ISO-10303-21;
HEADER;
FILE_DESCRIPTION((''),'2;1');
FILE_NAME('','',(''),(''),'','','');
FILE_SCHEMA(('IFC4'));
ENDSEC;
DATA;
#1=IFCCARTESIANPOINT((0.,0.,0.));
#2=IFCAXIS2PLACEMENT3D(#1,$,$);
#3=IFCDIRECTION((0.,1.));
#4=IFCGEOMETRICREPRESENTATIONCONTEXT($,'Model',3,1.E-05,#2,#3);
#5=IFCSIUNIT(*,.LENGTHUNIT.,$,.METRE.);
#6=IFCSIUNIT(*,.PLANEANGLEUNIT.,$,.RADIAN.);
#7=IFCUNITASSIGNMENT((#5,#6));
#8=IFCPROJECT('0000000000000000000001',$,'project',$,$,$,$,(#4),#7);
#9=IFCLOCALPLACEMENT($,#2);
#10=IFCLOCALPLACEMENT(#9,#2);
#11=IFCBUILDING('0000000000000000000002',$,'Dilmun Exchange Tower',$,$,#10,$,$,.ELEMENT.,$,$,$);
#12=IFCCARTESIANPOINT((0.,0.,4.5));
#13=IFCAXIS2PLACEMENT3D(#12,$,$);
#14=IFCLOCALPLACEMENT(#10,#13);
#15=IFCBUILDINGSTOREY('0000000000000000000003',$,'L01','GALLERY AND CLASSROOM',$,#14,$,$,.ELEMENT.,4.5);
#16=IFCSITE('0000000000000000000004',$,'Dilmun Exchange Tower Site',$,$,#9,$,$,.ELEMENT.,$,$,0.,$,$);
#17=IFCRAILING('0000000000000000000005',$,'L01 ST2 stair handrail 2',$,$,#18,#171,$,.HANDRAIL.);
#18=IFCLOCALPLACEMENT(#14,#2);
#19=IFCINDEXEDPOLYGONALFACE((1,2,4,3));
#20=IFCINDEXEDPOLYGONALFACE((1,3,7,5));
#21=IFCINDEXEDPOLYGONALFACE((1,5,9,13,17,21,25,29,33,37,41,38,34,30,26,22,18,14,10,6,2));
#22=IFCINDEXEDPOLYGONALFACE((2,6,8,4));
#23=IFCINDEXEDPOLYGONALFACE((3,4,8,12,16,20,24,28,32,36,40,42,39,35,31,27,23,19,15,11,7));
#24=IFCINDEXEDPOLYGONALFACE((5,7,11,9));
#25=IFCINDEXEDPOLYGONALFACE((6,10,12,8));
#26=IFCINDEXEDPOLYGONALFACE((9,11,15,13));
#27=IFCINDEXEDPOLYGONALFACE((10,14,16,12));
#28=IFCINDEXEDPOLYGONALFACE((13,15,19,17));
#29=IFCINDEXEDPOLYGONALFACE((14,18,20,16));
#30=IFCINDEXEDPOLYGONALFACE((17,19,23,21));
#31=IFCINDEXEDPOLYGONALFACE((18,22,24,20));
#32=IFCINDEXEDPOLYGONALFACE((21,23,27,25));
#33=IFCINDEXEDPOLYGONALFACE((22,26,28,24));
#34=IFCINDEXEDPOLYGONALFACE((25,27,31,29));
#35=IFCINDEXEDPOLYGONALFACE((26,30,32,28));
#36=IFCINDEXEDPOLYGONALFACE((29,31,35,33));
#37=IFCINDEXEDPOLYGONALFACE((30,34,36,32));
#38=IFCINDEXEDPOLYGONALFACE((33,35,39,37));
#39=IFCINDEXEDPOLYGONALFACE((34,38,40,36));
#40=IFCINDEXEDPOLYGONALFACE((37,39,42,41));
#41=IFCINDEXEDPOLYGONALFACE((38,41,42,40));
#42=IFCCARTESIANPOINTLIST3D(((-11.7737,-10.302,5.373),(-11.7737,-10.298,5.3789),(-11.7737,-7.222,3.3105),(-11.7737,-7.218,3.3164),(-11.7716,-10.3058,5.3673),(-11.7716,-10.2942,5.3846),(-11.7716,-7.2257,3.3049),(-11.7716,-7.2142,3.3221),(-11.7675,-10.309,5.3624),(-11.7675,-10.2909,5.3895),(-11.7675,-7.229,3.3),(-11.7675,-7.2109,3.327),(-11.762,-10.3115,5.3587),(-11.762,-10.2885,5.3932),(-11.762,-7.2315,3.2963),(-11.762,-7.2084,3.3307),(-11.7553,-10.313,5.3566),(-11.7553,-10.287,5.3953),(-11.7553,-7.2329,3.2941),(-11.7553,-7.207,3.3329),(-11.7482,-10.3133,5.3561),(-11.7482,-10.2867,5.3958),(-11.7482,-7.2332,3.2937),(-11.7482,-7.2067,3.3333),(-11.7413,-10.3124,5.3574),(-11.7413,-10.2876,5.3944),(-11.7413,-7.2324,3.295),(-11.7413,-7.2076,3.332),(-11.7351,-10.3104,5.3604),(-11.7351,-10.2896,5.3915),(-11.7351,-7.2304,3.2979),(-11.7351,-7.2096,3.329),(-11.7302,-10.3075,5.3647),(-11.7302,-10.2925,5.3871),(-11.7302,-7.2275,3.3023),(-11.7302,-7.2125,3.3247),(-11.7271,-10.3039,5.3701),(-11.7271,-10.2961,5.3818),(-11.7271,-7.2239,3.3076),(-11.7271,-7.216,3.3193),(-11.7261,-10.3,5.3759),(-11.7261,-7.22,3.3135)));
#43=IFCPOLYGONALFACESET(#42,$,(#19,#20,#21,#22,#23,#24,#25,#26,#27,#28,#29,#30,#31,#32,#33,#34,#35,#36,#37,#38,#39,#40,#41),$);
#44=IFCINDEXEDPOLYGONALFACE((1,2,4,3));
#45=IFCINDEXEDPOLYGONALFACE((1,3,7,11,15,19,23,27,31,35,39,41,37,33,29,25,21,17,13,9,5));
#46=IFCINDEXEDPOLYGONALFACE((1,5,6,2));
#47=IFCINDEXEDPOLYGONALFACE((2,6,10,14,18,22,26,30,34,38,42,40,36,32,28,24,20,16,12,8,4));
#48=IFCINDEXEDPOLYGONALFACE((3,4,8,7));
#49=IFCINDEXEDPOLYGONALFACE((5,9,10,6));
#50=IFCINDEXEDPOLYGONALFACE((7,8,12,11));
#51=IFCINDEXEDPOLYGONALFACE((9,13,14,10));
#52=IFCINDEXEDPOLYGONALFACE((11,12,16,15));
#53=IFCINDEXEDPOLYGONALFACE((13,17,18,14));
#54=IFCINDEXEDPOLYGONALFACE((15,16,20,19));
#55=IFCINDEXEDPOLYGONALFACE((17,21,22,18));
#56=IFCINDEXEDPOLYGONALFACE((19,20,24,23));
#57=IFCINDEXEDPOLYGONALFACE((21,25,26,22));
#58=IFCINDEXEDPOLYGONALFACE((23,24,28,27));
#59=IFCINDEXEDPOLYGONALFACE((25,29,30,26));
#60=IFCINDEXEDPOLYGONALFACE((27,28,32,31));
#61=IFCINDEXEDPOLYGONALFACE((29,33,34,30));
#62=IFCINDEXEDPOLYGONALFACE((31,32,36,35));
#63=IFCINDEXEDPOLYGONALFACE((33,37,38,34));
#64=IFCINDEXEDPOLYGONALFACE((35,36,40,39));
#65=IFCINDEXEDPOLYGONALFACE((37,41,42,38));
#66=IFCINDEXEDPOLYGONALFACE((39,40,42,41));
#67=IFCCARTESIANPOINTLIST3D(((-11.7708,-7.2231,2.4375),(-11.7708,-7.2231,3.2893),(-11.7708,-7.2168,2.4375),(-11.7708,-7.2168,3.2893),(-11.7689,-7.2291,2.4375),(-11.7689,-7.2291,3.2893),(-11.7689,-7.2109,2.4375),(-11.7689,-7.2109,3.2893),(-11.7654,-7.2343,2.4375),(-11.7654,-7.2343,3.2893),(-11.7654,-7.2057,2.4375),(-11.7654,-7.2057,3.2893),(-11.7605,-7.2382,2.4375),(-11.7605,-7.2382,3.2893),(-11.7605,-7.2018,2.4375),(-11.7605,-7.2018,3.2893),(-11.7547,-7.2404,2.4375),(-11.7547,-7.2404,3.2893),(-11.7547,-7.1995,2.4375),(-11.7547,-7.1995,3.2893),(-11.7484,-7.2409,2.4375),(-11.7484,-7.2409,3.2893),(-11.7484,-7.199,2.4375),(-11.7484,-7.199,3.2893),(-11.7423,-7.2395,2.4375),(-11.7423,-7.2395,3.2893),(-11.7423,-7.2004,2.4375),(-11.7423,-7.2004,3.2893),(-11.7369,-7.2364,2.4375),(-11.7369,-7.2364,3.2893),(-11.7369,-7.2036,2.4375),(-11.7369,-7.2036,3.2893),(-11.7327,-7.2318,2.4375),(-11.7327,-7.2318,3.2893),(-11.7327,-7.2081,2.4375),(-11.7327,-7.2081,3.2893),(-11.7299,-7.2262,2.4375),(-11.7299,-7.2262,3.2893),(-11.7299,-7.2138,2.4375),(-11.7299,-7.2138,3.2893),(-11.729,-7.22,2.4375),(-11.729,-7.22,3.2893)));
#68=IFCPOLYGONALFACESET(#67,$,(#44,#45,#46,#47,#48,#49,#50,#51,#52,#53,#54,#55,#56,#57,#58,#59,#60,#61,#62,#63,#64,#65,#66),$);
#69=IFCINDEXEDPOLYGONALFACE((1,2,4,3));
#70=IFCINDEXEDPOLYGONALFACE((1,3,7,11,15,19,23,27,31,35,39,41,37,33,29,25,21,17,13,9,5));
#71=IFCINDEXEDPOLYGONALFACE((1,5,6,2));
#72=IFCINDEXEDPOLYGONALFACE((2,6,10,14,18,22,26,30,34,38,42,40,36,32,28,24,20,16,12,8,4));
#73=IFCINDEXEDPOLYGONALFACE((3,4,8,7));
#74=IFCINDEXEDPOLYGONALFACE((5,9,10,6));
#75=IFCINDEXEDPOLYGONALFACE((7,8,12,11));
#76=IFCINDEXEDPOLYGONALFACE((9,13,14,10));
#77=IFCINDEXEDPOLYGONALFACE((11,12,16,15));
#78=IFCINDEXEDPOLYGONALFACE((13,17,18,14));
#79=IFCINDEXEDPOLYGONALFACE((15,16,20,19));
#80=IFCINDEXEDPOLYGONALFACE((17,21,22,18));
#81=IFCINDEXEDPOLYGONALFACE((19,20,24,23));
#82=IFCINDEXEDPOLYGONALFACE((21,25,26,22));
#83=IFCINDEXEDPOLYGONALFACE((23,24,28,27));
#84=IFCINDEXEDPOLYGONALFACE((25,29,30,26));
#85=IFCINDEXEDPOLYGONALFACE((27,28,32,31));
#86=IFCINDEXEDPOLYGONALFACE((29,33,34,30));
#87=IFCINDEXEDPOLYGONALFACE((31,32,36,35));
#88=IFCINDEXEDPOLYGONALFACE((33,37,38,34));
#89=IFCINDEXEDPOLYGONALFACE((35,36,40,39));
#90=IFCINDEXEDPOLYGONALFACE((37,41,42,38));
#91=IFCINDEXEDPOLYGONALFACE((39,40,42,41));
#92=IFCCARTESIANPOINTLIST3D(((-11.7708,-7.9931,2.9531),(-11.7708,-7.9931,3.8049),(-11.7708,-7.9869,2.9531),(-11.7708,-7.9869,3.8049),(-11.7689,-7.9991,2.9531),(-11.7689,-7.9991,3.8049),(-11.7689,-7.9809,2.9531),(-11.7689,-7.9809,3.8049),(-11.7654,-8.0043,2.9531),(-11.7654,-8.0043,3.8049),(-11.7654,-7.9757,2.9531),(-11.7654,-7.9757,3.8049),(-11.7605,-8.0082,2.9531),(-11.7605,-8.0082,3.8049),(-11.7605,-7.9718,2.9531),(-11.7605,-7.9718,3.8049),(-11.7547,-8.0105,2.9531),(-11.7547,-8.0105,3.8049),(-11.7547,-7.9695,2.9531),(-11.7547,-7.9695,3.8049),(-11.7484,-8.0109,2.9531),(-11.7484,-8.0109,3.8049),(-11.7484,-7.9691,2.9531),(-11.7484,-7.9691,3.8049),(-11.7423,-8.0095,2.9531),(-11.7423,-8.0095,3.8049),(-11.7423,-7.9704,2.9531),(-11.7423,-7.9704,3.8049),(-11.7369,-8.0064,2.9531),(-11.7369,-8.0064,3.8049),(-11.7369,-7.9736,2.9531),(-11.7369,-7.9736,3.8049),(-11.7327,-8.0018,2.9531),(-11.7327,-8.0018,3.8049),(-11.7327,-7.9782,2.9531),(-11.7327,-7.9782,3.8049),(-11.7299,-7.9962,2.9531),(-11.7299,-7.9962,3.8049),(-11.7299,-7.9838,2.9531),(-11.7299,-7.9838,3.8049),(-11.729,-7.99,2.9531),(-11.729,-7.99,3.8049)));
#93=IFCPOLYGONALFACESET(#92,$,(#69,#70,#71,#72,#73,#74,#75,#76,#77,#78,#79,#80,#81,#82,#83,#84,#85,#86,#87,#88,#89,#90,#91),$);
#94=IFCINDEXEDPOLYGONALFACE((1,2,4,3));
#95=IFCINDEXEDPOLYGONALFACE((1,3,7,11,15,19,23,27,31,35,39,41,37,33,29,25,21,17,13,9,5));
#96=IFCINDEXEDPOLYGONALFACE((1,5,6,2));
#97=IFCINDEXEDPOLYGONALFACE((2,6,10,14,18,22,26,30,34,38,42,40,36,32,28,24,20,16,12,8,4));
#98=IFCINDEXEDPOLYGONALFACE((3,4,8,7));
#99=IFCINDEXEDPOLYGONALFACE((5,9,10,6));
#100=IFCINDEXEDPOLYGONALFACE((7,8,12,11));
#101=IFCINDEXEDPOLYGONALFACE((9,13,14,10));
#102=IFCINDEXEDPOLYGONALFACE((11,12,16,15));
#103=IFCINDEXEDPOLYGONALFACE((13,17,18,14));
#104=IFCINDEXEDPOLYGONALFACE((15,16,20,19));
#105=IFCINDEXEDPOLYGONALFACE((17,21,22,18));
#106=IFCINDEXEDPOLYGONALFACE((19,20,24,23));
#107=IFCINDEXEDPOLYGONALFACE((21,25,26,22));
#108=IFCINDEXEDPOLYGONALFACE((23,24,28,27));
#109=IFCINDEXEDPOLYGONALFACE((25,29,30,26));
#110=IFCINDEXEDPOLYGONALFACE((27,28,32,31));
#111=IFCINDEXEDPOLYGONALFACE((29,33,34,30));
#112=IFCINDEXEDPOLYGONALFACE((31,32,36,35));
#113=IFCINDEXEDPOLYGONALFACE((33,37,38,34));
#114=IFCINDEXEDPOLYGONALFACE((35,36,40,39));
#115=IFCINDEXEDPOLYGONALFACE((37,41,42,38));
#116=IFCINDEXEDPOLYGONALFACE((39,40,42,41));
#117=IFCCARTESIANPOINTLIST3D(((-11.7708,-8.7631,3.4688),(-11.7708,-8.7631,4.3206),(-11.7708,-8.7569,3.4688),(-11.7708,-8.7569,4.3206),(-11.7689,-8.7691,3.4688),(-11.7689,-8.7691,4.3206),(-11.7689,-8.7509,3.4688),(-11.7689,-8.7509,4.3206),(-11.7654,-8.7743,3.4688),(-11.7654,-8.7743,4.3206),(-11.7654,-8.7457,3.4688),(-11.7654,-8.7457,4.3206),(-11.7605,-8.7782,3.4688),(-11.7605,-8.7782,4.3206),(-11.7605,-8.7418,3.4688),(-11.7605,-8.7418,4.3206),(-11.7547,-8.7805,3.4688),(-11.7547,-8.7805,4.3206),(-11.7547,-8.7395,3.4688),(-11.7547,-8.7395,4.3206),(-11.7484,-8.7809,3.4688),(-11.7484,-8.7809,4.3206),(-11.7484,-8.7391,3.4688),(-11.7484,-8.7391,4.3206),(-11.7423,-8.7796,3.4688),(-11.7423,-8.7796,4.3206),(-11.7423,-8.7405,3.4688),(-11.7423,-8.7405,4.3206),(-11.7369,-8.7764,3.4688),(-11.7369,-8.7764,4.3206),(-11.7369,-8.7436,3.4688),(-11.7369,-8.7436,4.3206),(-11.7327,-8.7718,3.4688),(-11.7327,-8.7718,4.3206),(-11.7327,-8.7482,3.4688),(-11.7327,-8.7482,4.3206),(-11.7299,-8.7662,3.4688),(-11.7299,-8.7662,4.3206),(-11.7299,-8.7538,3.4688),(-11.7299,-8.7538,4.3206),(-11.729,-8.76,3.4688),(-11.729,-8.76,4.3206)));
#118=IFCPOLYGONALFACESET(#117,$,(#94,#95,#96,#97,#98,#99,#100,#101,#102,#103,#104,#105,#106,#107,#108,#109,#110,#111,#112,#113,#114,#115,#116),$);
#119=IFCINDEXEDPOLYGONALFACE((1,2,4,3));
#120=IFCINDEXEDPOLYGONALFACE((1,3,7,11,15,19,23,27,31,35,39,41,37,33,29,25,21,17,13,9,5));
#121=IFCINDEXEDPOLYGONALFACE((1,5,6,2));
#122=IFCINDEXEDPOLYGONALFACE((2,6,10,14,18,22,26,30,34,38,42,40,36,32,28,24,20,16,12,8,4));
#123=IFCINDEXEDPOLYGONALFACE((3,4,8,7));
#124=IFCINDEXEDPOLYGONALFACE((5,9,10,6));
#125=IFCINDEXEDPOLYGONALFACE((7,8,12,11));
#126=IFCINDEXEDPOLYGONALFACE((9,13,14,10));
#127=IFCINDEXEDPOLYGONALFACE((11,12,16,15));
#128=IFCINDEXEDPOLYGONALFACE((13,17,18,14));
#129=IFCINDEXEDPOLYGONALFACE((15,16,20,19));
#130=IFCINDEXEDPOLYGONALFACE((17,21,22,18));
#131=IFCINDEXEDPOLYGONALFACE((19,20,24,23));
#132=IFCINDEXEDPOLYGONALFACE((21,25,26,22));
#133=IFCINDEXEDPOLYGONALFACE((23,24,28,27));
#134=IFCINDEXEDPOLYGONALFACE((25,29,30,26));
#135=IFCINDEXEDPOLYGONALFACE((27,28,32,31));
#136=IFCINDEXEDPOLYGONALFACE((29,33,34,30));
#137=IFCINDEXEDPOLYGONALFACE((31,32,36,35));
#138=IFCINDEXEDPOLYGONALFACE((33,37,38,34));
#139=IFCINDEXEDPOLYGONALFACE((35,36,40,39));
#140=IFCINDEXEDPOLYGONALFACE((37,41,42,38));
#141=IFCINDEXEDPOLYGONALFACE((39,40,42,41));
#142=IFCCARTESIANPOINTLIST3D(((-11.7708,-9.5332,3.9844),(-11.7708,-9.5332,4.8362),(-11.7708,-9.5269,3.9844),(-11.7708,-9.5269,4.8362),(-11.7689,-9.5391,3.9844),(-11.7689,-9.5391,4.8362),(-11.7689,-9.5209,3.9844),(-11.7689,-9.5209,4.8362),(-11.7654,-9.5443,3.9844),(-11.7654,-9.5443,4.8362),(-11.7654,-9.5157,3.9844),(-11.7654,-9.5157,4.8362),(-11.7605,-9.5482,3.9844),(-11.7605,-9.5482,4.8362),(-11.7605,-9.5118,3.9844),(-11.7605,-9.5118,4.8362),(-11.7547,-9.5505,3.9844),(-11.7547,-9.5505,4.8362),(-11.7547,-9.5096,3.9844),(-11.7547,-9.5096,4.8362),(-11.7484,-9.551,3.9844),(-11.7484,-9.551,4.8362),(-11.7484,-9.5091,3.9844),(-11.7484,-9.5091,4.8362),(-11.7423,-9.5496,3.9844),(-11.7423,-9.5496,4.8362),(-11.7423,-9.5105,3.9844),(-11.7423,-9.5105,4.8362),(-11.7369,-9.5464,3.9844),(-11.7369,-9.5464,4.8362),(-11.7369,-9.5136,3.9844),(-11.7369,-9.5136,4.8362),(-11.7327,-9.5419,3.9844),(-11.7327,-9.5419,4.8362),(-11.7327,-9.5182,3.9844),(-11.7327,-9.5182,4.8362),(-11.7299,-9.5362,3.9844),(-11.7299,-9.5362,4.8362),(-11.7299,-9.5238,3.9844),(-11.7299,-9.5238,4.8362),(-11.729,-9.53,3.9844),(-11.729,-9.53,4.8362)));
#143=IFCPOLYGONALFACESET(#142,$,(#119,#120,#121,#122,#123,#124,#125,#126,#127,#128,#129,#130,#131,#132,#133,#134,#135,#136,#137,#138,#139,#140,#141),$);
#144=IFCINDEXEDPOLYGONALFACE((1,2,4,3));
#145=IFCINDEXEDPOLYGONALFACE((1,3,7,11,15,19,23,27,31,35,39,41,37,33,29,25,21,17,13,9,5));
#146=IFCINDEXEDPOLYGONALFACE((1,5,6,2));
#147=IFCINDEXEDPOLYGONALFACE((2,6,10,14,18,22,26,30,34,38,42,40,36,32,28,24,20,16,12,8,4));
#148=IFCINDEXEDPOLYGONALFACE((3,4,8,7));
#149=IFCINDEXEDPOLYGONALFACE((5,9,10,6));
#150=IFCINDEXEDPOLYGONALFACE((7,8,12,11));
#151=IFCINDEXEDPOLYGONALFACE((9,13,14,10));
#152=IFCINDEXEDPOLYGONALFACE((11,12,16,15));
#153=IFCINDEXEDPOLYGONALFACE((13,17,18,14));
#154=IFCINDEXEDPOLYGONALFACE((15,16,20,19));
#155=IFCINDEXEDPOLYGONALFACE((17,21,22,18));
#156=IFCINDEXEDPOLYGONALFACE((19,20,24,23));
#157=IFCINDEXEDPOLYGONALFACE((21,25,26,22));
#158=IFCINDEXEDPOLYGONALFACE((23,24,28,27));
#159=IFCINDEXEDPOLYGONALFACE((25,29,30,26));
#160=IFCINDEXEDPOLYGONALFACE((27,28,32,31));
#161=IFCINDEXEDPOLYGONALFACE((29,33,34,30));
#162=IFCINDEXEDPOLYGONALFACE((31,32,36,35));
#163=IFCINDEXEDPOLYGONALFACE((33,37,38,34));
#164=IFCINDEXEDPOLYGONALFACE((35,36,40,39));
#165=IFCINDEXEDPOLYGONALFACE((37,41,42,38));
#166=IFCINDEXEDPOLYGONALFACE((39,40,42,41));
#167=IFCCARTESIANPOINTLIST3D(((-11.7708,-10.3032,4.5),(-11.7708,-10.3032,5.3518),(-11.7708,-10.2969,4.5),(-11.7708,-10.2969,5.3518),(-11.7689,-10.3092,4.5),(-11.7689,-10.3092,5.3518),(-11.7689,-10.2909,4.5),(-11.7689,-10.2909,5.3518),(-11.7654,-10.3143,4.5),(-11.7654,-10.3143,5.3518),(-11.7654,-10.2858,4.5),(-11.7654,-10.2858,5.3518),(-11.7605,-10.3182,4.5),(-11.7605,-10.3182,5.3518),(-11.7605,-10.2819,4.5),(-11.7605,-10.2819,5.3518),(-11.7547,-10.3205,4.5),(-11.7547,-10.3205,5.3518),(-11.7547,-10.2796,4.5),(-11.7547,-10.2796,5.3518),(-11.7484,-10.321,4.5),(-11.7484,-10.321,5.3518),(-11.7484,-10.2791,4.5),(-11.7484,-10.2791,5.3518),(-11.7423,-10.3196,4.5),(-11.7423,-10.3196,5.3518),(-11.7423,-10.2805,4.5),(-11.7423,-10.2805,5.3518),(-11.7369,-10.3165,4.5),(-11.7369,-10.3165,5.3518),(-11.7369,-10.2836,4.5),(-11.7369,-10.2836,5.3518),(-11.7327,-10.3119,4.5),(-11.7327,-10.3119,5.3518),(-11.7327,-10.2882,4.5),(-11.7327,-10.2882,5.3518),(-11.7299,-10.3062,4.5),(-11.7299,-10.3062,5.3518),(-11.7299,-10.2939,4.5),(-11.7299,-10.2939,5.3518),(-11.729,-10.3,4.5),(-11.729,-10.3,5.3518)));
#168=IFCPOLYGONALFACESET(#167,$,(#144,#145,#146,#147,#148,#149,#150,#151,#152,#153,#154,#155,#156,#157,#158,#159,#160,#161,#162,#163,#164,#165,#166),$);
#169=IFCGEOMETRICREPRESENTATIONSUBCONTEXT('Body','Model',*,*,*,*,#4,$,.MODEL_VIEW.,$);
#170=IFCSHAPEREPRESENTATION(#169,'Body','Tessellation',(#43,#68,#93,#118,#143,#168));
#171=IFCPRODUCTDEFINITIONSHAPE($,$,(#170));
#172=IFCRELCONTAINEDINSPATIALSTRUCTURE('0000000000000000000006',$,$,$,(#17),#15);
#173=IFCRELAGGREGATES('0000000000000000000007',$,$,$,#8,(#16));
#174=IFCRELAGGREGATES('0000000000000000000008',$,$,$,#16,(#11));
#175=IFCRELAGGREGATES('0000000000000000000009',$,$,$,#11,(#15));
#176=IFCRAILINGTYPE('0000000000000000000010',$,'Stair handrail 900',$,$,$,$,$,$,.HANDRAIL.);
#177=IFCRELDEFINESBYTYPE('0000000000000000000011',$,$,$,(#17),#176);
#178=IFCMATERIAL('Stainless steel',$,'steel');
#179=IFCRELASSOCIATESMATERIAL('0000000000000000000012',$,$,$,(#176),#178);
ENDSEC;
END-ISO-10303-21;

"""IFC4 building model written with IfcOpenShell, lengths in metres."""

from ifc_helpers import new_model, si_unit, direction, frame, origin, origin_2d, place, context, subcontext, project, spatial, circle, extrude, material, type_object, element, save


model = new_model("IFC4")

# Units and contexts
model_context = context("Model", 3, precision=1e-05, world=origin(), true_north=direction((0.0, 1.0)))
body_context = subcontext(model_context, "Body", "Model", "MODEL_VIEW")
ifc_project = project(units=[si_unit("LENGTHUNIT", "METRE"), si_unit("PLANEANGLEUNIT", "RADIAN")], contexts=[model_context])

# Site, building, storey
site_placement = place(None, origin())
site = spatial("IfcSite", under=ifc_project, at=site_placement, Name="Dilmun Exchange Tower Site", CompositionType="ELEMENT", RefElevation=0.0)
building_placement = place(site_placement, origin())
building = spatial("IfcBuilding", under=site, at=building_placement, Name="Dilmun Exchange Tower", CompositionType="ELEMENT")
storey_placement = place(building_placement, frame((0.0, 0.0, 4.5)))
storey = spatial("IfcBuildingStorey", under=building, at=storey_placement, Name="L01", Description="GALLERY AND CLASSROOM", CompositionType="ELEMENT", Elevation=4.5)

# Railing
ifc_material_1 = material(Name="Stainless steel", Category="steel")
railing_type = type_object("IfcRailingType", Name="Stair handrail 900", PredefinedType="HANDRAIL", material=ifc_material_1)
railing_1_placement = place(storey_placement, frame((-11.75, -7.22, 2.4375)))
element("IfcRailing", 1, at=railing_1_placement, inside=storey, type_object=railing_type, Name="L01 ST2 stair handrail 2", PredefinedType="HANDRAIL", context=body_context, shape_type="SweptSolid", body=[
    extrude(circle(Radius=0.0239, at=origin_2d()), frame((0.0, 0.0, 0.876), z_axis=(0.0, -0.830914, 0.556401), x_axis=(1.0, 0.0, 0.0)), (0.0, 0.0, 1.0), 3.7068),
    extrude(circle(Radius=0.021, at=origin_2d()), origin(), (0.0, 0.0, 1.0), 0.8518),
    extrude(circle(Radius=0.021, at=origin_2d()), frame((0.0, -0.77, 0.5156)), (0.0, 0.0, 1.0), 0.8518),
    extrude(circle(Radius=0.021, at=origin_2d()), frame((0.0, -1.54, 1.0312)), (0.0, 0.0, 1.0), 0.8518),
    extrude(circle(Radius=0.021, at=origin_2d()), frame((0.0, -2.3101, 1.5469)), (0.0, 0.0, 1.0), 0.8518),
    extrude(circle(Radius=0.021, at=origin_2d()), frame((0.0, -3.0801, 2.0625)), (0.0, 0.0, 1.0), 0.8518),
])

save(model, "model.ifc")
